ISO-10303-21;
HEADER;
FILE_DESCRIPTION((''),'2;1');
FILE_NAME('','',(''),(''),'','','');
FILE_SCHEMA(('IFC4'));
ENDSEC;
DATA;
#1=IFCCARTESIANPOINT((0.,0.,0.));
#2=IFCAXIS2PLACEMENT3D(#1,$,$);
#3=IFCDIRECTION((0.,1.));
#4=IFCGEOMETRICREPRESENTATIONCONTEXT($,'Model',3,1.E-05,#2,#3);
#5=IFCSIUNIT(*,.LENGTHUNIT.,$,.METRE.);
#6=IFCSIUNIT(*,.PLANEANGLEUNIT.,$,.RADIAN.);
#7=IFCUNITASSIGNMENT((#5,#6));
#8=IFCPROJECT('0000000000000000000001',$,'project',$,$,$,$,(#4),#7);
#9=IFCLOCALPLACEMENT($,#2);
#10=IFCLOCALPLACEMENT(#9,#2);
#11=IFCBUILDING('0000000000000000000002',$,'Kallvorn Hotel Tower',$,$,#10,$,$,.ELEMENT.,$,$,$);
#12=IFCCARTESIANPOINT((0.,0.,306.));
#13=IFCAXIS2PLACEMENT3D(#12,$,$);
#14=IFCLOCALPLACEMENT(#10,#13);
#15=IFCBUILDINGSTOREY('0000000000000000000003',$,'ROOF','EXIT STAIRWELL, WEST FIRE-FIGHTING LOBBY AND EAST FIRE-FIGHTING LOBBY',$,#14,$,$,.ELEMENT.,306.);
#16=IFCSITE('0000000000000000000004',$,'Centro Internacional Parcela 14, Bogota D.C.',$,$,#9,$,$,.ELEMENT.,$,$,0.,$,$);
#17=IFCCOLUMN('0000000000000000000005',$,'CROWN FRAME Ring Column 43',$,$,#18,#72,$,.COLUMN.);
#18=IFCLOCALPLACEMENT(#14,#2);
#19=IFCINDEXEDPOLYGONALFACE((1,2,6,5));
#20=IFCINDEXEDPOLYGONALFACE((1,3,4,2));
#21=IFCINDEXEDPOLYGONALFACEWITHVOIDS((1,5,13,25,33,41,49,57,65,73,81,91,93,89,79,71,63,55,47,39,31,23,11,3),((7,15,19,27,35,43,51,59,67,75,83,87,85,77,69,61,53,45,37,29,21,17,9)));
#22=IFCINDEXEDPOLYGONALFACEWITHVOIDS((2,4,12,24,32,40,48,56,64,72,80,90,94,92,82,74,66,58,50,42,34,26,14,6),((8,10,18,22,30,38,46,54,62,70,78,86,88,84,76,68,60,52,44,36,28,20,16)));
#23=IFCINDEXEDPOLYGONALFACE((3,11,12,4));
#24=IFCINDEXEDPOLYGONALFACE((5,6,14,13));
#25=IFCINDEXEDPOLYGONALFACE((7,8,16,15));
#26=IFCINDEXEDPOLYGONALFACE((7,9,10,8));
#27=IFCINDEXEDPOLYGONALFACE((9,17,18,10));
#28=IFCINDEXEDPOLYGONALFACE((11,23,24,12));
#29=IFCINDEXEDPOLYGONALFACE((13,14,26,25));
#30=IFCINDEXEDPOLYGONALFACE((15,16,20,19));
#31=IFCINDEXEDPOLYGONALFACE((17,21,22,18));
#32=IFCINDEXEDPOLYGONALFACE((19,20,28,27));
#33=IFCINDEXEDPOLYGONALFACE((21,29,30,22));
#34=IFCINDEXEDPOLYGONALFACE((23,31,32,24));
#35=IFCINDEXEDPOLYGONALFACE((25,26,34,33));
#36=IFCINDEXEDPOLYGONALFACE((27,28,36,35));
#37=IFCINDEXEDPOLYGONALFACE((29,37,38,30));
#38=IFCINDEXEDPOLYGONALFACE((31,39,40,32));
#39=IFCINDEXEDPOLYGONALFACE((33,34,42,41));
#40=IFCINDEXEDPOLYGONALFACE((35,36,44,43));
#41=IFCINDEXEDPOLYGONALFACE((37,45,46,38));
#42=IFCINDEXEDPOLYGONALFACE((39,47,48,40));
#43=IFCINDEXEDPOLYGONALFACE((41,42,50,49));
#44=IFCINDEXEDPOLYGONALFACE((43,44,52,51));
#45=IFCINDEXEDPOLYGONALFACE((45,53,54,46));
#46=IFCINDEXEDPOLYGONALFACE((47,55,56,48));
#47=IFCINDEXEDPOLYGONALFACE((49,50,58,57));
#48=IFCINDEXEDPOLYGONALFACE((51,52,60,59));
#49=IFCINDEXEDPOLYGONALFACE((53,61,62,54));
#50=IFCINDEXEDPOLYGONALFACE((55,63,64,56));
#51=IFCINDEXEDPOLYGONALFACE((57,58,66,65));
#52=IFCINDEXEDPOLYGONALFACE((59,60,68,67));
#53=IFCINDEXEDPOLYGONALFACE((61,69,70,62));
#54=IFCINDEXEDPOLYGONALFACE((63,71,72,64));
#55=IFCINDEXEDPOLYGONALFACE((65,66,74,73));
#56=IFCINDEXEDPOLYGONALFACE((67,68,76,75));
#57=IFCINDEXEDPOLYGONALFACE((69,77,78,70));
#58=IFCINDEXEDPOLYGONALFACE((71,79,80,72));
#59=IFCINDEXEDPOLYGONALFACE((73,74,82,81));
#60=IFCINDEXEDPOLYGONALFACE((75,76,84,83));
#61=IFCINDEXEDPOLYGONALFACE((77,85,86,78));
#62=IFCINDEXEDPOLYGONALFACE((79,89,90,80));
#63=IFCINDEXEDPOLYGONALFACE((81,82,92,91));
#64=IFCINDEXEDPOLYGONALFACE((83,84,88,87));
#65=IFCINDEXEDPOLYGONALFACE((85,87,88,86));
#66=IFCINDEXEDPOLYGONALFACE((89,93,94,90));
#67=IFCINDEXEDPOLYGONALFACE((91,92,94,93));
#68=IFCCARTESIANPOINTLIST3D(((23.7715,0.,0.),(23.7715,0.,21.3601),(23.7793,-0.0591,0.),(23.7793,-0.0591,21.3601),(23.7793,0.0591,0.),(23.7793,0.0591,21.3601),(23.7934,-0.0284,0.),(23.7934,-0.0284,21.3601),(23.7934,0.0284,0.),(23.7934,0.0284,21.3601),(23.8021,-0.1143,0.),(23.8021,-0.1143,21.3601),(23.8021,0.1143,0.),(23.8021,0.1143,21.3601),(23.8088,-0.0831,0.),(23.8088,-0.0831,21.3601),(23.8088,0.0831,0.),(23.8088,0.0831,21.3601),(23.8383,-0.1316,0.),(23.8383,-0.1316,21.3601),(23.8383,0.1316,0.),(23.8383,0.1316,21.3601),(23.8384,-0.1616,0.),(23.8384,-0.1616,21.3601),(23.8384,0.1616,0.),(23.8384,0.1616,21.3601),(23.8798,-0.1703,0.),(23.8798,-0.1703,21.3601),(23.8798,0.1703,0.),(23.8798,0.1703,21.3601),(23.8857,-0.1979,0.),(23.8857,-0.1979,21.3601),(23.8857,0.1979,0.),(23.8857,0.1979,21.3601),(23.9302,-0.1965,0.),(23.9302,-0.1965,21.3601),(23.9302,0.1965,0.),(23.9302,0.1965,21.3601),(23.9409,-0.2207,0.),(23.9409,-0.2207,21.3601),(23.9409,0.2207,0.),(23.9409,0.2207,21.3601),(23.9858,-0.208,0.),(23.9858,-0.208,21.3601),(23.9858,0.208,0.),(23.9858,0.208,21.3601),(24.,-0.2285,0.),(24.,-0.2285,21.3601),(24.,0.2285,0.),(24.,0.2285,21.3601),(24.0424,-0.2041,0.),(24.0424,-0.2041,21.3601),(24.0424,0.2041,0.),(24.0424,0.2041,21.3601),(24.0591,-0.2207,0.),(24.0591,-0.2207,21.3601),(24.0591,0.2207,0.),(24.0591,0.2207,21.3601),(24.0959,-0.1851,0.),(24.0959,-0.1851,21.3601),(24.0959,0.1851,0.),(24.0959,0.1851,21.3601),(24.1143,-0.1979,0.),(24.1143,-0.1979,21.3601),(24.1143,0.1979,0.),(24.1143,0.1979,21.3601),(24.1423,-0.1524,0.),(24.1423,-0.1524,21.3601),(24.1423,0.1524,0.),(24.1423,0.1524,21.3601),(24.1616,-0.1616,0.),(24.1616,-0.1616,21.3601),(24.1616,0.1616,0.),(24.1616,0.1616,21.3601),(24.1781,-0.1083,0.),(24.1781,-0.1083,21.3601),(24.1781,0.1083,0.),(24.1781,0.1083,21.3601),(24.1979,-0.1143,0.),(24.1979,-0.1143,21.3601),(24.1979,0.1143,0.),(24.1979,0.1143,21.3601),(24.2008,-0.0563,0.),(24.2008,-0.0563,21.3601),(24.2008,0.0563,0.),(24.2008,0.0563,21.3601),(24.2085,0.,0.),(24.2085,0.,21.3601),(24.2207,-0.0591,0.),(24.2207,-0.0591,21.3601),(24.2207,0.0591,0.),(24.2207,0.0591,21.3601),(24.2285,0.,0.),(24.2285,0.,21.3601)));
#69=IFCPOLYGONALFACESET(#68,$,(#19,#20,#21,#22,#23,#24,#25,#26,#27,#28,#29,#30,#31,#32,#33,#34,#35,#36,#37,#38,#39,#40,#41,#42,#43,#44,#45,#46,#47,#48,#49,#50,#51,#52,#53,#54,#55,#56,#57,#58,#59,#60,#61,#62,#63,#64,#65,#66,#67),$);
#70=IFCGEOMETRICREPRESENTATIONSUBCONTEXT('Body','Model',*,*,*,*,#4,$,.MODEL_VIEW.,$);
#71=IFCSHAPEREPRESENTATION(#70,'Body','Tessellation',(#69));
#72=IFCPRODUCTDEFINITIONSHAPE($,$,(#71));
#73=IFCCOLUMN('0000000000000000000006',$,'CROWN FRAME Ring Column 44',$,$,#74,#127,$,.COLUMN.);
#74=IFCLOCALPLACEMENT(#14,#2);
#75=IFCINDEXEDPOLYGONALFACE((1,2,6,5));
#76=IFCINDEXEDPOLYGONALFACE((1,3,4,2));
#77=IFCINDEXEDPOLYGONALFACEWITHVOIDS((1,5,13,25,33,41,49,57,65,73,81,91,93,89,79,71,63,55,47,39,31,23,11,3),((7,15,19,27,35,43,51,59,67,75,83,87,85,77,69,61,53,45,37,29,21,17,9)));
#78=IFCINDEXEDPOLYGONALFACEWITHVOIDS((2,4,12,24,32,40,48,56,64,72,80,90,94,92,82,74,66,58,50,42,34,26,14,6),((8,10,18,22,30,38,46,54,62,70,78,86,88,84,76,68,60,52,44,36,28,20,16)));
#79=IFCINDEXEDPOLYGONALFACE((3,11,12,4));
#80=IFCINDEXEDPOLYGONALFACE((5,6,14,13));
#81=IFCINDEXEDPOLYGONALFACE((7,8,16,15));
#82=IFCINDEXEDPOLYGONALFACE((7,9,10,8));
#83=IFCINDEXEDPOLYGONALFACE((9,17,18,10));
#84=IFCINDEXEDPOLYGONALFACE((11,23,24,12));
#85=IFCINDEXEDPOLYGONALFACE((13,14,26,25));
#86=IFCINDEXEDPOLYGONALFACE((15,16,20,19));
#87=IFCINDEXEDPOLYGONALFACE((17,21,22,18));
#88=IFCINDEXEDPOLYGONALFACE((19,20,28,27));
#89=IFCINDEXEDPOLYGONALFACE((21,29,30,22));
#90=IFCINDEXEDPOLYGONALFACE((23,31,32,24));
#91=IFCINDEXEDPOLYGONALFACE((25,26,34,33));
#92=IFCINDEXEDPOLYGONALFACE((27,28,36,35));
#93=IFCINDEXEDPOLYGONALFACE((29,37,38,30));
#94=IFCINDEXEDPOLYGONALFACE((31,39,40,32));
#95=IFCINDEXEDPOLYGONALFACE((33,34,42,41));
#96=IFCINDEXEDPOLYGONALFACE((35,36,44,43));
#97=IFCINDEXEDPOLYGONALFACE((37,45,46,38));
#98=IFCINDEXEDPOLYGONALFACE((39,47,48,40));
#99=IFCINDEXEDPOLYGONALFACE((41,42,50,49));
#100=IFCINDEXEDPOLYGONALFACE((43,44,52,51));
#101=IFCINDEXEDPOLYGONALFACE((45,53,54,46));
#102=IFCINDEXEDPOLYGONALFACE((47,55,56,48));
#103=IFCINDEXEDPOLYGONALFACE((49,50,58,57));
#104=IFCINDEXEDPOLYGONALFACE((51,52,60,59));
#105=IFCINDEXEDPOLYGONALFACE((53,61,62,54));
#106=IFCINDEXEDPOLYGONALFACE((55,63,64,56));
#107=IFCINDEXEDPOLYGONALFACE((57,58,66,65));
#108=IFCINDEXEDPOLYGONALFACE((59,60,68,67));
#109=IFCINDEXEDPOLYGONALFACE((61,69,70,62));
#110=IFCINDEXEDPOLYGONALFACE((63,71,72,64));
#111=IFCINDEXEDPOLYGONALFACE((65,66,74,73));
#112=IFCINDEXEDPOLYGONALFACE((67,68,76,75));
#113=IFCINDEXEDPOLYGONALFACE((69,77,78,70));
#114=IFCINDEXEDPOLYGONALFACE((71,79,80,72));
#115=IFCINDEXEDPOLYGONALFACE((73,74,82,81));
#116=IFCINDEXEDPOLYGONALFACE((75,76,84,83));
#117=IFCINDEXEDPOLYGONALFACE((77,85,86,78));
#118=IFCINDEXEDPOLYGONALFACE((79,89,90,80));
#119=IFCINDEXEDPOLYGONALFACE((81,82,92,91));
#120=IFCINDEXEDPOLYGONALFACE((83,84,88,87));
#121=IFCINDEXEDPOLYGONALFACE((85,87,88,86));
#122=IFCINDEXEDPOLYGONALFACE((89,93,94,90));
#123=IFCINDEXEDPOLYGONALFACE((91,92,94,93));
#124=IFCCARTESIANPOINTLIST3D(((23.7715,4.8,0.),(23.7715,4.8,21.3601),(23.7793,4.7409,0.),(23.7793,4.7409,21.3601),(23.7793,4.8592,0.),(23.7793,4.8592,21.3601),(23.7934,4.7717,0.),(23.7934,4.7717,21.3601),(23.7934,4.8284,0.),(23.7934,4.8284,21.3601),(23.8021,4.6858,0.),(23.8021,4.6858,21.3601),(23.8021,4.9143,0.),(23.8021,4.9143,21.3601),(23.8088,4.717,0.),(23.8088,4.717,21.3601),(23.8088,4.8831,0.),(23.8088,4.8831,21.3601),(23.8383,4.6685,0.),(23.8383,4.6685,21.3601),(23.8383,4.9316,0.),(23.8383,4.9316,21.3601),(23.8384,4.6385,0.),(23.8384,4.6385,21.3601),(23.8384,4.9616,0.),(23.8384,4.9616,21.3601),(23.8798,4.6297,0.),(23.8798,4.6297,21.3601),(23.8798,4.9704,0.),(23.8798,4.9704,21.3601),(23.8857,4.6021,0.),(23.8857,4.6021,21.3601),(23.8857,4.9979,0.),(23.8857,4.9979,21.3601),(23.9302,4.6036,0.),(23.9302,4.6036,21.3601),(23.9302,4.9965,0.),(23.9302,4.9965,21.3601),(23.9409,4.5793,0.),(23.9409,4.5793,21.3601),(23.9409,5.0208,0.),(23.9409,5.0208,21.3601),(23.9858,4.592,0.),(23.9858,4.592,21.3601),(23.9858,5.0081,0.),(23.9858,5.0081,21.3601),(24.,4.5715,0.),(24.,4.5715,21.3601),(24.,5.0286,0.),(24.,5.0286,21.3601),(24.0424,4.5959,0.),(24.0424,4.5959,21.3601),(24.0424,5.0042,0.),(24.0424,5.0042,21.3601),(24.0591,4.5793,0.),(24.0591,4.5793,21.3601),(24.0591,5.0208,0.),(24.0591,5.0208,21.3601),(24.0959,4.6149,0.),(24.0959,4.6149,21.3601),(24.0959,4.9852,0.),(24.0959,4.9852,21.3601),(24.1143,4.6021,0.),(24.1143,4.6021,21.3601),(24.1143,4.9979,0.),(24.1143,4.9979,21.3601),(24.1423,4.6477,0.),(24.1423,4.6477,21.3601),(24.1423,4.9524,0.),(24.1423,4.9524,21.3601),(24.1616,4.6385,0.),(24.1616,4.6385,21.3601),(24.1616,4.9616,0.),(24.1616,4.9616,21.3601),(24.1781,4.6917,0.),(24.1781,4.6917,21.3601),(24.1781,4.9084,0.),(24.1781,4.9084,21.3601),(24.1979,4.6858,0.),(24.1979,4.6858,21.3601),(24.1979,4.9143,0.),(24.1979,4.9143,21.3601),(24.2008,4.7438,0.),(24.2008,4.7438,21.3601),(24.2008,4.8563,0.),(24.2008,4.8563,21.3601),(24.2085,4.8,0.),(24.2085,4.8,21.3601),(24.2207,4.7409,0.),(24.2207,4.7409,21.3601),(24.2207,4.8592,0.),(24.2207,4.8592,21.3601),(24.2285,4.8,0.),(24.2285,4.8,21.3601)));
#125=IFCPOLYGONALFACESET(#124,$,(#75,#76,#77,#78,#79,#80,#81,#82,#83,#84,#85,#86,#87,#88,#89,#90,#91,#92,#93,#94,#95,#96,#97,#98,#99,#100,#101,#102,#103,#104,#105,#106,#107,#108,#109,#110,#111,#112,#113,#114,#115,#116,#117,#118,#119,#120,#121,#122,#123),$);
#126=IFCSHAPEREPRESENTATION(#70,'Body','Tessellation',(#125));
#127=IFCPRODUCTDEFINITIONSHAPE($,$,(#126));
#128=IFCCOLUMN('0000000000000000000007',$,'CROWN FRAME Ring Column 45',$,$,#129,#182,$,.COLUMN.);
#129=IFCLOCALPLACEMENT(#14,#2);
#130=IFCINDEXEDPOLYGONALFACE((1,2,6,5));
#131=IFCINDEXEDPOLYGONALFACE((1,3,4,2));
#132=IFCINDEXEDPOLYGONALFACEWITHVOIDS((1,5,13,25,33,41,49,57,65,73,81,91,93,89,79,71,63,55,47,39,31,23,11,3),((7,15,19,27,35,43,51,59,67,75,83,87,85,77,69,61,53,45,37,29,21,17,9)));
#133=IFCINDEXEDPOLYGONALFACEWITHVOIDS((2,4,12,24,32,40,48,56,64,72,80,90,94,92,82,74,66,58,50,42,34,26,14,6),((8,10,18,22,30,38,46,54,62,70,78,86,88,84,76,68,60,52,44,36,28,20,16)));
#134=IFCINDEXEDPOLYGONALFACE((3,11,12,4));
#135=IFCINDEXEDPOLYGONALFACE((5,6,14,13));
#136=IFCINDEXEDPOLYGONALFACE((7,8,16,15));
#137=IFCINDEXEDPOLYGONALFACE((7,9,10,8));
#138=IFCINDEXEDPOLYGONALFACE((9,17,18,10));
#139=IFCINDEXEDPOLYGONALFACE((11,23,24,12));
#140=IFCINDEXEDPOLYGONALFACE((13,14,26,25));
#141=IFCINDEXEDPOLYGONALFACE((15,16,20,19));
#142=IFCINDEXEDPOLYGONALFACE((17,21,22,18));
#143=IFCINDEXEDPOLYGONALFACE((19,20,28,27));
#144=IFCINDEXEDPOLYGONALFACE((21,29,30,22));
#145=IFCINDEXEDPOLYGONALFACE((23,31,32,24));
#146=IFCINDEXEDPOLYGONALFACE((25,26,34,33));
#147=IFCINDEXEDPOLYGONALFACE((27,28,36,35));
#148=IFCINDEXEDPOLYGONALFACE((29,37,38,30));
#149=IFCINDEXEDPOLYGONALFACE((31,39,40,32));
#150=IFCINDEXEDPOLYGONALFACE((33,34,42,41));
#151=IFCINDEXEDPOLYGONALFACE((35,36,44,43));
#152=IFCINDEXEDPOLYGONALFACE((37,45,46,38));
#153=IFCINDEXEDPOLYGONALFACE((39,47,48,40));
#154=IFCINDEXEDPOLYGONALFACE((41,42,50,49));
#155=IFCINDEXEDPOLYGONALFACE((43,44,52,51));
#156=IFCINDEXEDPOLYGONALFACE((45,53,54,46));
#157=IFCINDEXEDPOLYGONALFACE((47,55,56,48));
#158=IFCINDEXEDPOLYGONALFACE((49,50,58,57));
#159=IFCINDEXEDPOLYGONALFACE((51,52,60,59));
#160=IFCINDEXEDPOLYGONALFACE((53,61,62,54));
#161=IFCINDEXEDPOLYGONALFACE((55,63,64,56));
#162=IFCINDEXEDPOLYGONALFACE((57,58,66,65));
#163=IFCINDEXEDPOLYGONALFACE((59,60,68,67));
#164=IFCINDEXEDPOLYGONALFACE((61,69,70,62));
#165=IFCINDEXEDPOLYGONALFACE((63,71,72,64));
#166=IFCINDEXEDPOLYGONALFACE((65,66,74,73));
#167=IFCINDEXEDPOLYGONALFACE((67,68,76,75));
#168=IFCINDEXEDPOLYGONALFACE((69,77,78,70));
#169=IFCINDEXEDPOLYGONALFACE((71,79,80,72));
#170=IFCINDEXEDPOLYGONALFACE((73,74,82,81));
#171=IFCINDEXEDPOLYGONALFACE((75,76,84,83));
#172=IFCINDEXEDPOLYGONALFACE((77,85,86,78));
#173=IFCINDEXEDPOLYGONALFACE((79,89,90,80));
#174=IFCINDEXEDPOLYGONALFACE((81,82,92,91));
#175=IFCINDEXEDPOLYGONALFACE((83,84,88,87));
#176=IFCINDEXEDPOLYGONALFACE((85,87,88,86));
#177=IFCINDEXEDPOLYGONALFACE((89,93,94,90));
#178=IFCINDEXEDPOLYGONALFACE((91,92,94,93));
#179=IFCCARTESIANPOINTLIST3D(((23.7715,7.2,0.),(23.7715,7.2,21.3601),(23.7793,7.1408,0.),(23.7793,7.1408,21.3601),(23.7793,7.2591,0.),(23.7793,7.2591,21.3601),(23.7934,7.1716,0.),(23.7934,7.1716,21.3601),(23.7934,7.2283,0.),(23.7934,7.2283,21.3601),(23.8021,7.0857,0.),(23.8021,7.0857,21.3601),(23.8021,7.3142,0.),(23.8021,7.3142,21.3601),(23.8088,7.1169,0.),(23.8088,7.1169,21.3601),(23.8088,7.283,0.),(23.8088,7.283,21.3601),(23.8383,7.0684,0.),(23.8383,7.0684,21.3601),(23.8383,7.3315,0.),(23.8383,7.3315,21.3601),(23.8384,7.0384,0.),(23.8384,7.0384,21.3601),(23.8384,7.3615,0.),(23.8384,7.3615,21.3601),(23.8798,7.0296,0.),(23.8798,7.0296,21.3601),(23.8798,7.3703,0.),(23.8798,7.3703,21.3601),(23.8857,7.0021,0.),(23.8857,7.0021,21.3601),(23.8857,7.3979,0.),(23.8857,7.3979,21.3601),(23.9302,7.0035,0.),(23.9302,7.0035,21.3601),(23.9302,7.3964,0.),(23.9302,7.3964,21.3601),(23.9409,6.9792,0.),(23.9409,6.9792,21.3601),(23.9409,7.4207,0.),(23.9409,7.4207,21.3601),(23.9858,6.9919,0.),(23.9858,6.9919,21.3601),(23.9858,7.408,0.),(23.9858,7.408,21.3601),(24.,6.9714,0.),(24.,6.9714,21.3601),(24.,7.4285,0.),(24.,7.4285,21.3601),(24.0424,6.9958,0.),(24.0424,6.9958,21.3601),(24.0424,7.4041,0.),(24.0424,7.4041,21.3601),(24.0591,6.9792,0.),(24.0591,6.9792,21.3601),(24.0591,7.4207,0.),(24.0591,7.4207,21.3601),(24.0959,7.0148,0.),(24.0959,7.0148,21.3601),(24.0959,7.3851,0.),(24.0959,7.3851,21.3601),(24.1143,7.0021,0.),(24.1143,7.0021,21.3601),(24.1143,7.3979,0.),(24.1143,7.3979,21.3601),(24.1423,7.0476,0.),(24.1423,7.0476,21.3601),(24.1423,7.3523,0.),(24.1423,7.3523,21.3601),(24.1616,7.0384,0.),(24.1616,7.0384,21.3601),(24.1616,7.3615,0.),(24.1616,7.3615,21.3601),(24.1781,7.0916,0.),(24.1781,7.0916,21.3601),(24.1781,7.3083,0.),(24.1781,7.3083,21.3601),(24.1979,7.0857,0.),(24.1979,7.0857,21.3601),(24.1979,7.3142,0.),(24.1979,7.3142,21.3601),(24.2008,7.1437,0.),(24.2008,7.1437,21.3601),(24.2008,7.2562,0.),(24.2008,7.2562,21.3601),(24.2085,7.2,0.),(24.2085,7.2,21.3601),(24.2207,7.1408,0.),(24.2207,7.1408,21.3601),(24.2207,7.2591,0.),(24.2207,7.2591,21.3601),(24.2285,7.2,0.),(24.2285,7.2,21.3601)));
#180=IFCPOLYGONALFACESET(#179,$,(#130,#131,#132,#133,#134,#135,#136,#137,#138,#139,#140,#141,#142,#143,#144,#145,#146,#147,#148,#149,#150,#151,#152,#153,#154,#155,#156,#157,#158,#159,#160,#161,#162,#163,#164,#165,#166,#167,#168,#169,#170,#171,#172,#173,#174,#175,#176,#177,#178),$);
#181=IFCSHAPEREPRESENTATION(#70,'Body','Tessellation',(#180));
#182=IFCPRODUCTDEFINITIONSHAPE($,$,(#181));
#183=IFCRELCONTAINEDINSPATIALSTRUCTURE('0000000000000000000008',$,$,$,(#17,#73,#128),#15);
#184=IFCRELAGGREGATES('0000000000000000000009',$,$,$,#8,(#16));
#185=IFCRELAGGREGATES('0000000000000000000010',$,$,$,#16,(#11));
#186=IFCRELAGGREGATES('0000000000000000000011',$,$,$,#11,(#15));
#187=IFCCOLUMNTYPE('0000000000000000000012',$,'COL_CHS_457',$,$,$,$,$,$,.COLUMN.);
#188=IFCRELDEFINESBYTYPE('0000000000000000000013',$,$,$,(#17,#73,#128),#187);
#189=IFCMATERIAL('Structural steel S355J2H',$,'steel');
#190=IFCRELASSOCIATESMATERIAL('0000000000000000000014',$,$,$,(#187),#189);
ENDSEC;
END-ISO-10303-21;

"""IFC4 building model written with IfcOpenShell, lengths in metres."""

from ifc_helpers import new_model, si_unit, direction, frame, origin, origin_2d, place, context, subcontext, project, spatial, hollow_circle, extrude, material, material_profile, profile_set, type_object, element, save


model = new_model("IFC4")

# Units and contexts
model_context = context("Model", 3, precision=1e-05, world=origin(), true_north=direction((0.0, 1.0)))
body_context = subcontext(model_context, "Body", "Model", "MODEL_VIEW")
ifc_project = project(units=[si_unit("LENGTHUNIT", "METRE"), si_unit("PLANEANGLEUNIT", "RADIAN")], contexts=[model_context])

# Site, building, storey
site_placement = place(None, origin())
site = spatial("IfcSite", under=ifc_project, at=site_placement, Name="Centro Internacional Parcela 14, Bogota D.C.", CompositionType="ELEMENT", RefElevation=0.0)
building_placement = place(site_placement, origin())
building = spatial("IfcBuilding", under=site, at=building_placement, Name="Kallvorn Hotel Tower", CompositionType="ELEMENT")
storey_placement = place(building_placement, frame((0.0, 0.0, 306.0)))
storey = spatial("IfcBuildingStorey", under=building, at=storey_placement, Name="ROOF", Description="EXIT STAIRWELL, WEST FIRE-FIGHTING LOBBY AND EAST FIRE-FIGHTING LOBBY", CompositionType="ELEMENT", Elevation=306.0)

# Columns
ifc_material_1 = material(Name="Structural steel S355J2H", Category="steel")
ifc_material_profile_1 = material_profile(ifc_material_1, hollow_circle(Radius=0.2285, WallThickness=0.02, at=origin_2d()), Name="CHS 457x20")
ifc_profile_set_1 = profile_set([ifc_material_profile_1], Name="Structural steel S355J2H")
column_type = type_object("IfcColumnType", Name="COL_CHS_457", PredefinedType="COLUMN", material=ifc_profile_set_1)
for number, where, z_axis, x_axis, name in (
    (1, (24.0, 0.0, 0.0), (0.0, 0.0, 1.0), (1.0, 0.0, 0.0), "CROWN FRAME Ring Column 43"),
    (2, (24.0, 4.8, 0.0), (0.0, 0.0, 1.0), (1.0, 0.0, 0.0), "CROWN FRAME Ring Column 44"),
    (3, (24.0, 7.2, 0.0), (0.0, 0.0, 1.0), (1.0, 0.0, 0.0), "CROWN FRAME Ring Column 45"),
):
    element("IfcColumn", number, at=place(storey_placement, frame(where, z_axis=z_axis, x_axis=x_axis)), inside=storey, type_object=column_type, Name=name, PredefinedType="COLUMN", context=body_context, shape_type="SweptSolid", body=[
        extrude(hollow_circle(Radius=0.2285, WallThickness=0.02, at=origin_2d()), origin(), (0.0, 0.0, 1.0), 21.3601),
    ])

save(model, "model.ifc")
